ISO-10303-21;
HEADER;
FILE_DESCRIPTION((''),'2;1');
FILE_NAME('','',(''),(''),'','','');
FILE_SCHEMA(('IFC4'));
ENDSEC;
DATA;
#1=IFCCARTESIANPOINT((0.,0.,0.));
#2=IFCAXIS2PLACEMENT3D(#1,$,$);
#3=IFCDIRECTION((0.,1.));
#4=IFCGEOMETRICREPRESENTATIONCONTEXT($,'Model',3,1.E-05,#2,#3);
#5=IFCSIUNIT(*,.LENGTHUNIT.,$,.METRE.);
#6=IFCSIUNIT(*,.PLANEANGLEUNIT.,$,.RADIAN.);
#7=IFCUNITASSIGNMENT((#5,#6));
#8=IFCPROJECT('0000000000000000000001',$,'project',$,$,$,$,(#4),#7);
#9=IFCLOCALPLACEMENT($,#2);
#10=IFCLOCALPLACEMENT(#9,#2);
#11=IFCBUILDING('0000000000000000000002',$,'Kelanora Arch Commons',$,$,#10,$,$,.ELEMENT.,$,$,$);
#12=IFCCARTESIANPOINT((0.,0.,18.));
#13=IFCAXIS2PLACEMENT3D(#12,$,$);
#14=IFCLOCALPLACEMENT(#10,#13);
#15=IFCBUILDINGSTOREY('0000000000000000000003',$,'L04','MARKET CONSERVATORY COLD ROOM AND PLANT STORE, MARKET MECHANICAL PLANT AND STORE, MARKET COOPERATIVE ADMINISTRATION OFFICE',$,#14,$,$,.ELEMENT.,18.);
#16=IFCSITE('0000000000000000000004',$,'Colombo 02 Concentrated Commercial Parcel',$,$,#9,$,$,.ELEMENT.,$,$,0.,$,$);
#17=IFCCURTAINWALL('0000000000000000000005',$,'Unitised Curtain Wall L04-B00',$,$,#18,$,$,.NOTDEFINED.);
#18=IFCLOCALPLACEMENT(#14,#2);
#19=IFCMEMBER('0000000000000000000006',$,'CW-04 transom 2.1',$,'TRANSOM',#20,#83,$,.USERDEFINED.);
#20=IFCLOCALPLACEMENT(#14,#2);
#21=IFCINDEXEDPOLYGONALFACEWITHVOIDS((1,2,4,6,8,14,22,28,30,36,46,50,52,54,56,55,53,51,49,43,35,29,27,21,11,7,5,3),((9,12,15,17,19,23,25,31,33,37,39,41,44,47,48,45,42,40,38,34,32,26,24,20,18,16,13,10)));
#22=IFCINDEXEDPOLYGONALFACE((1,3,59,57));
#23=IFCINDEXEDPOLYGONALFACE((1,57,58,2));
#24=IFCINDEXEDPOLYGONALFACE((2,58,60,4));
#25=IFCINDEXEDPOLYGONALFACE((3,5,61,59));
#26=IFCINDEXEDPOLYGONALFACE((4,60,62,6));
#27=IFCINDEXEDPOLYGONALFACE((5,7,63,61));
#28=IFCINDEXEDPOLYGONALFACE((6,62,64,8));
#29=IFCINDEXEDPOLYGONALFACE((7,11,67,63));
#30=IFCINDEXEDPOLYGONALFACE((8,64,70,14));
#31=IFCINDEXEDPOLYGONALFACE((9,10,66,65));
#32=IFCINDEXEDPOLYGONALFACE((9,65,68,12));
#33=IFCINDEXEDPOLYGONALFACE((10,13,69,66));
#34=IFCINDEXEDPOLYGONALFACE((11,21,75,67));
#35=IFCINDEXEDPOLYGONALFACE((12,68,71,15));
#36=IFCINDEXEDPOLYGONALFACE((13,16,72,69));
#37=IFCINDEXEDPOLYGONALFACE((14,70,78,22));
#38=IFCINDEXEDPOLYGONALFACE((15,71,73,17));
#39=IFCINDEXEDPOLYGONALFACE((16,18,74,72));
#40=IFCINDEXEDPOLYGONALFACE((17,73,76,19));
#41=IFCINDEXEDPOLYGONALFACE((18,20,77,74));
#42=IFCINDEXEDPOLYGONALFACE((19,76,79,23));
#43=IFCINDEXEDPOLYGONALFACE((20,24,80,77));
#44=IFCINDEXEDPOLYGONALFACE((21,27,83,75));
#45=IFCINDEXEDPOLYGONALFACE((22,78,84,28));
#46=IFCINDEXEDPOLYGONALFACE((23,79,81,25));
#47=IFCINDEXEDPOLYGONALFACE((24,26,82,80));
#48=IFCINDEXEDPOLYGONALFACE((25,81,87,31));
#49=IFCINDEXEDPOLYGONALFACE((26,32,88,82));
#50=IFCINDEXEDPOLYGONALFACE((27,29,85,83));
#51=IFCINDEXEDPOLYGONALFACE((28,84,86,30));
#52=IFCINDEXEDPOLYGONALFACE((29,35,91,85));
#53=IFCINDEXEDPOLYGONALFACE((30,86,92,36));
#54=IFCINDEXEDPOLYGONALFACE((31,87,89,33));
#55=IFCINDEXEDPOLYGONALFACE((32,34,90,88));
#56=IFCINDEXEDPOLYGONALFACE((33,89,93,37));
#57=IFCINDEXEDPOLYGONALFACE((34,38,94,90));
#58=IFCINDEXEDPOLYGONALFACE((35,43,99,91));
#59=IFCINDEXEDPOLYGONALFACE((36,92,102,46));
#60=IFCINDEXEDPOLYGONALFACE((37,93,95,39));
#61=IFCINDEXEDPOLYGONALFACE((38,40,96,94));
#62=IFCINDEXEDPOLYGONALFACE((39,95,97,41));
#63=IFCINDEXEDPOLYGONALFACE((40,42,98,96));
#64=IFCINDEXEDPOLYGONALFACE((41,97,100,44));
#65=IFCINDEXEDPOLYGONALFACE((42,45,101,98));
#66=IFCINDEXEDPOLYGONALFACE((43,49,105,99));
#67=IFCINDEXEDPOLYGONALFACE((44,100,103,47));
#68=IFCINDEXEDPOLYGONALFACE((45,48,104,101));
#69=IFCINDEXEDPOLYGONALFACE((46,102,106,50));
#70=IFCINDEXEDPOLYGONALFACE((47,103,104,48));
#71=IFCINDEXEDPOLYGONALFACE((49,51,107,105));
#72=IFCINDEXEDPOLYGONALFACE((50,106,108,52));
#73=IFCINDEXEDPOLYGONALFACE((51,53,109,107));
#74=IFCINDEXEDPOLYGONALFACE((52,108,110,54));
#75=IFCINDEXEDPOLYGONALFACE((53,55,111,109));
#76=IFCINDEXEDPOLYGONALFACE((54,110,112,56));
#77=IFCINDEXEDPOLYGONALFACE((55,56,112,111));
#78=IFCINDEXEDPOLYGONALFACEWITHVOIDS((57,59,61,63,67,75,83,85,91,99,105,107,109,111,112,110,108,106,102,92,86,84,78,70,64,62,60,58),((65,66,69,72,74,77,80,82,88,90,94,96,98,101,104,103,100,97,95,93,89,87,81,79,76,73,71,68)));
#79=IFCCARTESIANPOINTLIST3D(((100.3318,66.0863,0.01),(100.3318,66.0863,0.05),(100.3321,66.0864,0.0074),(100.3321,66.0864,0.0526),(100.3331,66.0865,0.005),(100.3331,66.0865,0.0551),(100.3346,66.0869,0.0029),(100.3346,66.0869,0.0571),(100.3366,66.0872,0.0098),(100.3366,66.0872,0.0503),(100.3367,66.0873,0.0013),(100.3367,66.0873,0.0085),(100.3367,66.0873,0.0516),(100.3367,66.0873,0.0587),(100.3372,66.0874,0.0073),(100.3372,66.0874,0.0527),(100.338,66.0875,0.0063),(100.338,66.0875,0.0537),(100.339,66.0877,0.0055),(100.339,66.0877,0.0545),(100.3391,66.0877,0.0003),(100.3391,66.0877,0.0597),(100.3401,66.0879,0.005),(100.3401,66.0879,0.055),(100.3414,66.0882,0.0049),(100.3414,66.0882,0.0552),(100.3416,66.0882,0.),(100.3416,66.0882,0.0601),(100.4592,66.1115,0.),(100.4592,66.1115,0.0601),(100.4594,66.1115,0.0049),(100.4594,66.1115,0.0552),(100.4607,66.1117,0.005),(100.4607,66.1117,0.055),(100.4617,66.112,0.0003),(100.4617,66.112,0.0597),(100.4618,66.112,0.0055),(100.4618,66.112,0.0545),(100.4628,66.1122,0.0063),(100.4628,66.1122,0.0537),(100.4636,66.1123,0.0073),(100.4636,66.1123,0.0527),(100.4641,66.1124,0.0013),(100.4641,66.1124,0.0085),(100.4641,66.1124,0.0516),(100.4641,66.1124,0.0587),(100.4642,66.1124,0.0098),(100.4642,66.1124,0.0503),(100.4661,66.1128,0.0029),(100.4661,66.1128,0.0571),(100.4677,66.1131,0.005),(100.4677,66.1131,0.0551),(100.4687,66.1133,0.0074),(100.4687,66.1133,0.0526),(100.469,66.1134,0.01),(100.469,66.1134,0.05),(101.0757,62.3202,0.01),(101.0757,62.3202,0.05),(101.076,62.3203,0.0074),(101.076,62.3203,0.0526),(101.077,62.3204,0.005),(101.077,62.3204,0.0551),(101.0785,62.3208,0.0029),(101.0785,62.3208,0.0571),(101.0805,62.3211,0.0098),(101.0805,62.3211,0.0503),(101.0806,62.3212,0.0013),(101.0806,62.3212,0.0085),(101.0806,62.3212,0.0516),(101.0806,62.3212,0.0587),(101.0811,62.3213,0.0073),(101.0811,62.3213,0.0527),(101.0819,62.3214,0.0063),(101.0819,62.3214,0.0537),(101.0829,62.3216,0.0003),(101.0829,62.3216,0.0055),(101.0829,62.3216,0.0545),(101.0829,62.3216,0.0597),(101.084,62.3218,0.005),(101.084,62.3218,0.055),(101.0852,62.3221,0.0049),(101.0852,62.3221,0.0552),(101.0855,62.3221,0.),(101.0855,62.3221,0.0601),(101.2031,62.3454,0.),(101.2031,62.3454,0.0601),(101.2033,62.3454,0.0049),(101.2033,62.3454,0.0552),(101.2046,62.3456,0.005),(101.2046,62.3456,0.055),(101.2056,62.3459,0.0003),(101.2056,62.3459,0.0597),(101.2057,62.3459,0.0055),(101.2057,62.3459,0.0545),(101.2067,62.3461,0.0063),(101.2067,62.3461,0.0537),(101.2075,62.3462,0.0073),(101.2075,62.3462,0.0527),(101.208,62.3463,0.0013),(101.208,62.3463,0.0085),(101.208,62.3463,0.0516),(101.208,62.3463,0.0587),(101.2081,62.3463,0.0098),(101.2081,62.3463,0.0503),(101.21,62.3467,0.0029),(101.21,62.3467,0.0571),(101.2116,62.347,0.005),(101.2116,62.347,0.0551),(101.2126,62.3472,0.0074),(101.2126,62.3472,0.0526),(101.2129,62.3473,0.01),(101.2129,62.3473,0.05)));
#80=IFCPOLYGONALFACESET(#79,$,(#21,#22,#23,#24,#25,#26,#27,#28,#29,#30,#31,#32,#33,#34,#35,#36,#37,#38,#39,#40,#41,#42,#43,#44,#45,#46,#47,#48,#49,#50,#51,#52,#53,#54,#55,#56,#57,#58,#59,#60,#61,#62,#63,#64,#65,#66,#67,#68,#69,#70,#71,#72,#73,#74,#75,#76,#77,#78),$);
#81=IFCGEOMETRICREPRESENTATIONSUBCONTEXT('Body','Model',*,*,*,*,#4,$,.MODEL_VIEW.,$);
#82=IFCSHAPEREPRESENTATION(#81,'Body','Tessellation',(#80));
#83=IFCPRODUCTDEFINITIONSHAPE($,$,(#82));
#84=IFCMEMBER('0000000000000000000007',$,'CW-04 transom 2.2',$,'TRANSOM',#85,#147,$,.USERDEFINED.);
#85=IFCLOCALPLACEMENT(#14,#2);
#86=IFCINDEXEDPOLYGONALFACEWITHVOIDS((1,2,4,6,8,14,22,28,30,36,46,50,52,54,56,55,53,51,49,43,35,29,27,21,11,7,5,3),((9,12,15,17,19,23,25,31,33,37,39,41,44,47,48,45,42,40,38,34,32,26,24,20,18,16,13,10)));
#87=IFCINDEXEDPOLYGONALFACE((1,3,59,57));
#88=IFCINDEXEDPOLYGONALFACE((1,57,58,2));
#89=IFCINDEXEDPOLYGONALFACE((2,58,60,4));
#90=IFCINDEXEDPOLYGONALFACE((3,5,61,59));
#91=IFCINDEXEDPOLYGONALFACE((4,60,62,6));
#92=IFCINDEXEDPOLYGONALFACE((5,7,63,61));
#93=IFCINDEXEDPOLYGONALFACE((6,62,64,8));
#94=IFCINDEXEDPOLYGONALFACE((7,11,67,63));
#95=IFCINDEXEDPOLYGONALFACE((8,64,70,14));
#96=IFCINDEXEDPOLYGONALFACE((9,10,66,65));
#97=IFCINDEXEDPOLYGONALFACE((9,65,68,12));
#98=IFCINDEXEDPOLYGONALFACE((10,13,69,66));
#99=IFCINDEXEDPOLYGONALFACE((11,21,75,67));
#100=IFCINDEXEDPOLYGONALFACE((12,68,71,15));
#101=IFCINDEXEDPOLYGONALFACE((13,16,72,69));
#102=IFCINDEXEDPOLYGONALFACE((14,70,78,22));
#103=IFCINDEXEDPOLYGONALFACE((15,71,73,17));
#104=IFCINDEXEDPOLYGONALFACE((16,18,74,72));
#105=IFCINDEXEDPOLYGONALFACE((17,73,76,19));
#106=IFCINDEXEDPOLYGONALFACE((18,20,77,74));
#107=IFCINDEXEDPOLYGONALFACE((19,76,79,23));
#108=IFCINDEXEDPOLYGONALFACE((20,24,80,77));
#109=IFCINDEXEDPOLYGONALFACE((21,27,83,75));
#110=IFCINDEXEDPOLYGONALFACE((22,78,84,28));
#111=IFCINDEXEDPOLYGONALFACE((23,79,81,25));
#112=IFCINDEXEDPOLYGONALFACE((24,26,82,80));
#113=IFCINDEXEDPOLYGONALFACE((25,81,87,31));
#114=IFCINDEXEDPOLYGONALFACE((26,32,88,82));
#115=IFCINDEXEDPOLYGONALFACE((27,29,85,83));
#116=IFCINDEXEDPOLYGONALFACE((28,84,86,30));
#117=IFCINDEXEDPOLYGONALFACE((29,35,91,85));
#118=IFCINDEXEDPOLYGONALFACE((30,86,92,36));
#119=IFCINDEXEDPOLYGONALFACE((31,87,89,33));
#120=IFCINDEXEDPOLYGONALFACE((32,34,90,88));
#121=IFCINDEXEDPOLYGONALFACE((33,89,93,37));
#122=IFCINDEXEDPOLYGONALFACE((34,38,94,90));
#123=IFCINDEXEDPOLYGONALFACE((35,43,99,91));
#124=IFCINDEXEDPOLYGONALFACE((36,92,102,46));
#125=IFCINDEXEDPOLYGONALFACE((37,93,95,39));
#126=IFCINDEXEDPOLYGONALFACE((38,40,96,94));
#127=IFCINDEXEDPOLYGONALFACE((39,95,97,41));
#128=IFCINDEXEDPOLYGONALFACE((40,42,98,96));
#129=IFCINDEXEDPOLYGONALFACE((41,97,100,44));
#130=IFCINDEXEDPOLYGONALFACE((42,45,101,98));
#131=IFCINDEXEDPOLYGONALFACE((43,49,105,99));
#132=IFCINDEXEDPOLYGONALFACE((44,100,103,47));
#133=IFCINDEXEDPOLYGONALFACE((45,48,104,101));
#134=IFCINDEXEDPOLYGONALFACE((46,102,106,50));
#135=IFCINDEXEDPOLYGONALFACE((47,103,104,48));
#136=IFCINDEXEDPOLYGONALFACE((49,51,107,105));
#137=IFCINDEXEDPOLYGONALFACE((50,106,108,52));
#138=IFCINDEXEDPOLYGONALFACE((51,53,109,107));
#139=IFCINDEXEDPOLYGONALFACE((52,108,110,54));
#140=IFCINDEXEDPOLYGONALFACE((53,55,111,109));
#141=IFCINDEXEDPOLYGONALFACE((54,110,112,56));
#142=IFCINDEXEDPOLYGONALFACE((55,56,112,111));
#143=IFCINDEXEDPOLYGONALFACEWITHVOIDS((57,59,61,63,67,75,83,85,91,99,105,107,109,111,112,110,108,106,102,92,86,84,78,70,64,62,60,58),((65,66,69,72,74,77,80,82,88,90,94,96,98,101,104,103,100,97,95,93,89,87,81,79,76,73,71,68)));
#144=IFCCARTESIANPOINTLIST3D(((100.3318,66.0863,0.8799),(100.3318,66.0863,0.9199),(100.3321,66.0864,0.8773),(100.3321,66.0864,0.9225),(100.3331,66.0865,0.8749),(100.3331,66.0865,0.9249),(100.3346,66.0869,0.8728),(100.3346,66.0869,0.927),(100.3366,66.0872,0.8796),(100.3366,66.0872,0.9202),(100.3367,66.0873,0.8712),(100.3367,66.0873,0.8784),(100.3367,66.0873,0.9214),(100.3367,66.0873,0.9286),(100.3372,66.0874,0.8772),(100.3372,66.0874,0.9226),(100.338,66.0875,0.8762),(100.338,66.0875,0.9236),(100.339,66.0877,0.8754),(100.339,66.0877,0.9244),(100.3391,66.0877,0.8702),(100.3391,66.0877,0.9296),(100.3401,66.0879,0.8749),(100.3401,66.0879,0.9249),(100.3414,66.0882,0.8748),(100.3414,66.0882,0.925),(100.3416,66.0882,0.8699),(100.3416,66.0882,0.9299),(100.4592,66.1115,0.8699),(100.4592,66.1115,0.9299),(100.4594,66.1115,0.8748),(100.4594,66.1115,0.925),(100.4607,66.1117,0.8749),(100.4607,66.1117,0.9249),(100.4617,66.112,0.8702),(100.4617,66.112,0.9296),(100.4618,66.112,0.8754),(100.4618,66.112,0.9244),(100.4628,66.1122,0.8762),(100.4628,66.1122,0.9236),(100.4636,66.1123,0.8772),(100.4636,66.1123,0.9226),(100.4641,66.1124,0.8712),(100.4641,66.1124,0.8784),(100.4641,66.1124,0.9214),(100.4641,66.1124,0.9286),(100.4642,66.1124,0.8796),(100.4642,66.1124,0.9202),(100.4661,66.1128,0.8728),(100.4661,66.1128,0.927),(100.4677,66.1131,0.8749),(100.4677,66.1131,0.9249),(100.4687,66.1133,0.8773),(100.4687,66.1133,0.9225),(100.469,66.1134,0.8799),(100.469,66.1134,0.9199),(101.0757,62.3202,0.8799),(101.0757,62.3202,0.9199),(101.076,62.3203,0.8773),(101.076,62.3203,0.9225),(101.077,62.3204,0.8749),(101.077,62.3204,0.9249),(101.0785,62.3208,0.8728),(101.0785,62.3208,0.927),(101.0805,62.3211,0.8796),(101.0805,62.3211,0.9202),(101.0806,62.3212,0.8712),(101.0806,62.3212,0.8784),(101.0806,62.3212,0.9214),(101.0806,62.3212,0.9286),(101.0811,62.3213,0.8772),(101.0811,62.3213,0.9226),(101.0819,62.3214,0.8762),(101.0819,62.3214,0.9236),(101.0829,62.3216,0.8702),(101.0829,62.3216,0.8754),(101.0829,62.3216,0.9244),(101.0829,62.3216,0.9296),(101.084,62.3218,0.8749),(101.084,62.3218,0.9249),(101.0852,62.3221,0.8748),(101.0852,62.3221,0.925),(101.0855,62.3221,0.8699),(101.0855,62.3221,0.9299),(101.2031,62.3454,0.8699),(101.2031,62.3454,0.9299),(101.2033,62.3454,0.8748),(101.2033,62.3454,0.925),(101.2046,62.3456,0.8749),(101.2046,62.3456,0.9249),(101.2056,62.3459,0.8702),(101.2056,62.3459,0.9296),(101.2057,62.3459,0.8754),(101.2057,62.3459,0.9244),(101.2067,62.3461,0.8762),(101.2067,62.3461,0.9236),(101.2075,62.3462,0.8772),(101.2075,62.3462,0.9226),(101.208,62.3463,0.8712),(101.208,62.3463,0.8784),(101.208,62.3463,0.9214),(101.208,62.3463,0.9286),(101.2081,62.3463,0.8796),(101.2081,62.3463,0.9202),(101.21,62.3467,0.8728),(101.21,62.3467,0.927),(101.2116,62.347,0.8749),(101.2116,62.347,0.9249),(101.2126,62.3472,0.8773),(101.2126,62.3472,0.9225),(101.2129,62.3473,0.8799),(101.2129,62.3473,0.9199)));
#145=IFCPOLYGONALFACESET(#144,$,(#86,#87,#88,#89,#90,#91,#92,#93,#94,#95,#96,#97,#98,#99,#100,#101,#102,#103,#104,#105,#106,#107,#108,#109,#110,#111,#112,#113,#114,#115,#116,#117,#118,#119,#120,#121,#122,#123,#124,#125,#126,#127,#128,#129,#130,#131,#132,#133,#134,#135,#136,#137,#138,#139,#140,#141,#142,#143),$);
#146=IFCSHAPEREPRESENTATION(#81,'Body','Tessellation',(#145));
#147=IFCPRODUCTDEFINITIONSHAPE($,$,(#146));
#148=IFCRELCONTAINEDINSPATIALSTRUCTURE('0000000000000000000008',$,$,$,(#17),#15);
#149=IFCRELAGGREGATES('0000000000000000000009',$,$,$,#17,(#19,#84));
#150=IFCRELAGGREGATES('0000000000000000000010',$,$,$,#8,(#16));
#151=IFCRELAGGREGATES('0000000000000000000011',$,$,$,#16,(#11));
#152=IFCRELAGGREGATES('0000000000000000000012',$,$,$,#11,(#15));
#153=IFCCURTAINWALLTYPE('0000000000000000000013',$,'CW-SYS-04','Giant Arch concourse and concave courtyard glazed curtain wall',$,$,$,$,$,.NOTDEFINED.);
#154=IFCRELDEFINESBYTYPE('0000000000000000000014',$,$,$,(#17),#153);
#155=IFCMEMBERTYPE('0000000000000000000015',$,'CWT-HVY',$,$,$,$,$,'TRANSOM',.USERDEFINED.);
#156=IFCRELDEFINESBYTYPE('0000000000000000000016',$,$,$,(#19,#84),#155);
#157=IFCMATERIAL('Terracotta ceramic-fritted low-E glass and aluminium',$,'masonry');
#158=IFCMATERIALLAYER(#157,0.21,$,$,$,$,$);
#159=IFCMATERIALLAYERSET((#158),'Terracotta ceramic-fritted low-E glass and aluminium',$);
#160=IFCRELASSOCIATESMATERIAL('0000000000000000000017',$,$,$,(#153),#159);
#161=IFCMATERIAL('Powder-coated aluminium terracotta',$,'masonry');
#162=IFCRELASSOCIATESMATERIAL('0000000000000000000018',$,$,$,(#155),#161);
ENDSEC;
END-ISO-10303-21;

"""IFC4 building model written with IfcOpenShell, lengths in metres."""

from ifc_helpers import new_model, si_unit, direction, frame, origin, origin_2d, place, context, subcontext, project, spatial, hollow_rectangle, extrude, material, layer, layer_set, material_profile, profile_set, type_object, element, aggregate, save


model = new_model("IFC4")

# Units and contexts
model_context = context("Model", 3, precision=1e-05, world=origin(), true_north=direction((0.0, 1.0)))
body_context = subcontext(model_context, "Body", "Model", "MODEL_VIEW")
ifc_project = project(units=[si_unit("LENGTHUNIT", "METRE"), si_unit("PLANEANGLEUNIT", "RADIAN")], contexts=[model_context])

# Site, building, storey
site_placement = place(None, origin())
site = spatial("IfcSite", under=ifc_project, at=site_placement, Name="Colombo 02 Concentrated Commercial Parcel", CompositionType="ELEMENT", RefElevation=0.0)
building_placement = place(site_placement, origin())
building = spatial("IfcBuilding", under=site, at=building_placement, Name="Kelanora Arch Commons", CompositionType="ELEMENT")
storey_placement = place(building_placement, frame((0.0, 0.0, 18.0)))
storey = spatial("IfcBuildingStorey", under=building, at=storey_placement, Name="L04", Description="MARKET CONSERVATORY COLD ROOM AND PLANT STORE, MARKET MECHANICAL PLANT AND STORE, MARKET COOPERATIVE ADMINISTRATION OFFICE", CompositionType="ELEMENT", Elevation=18.0)

# Curtain wall, members
ifc_material_1 = material(Name="Terracotta ceramic-fritted low-E glass and aluminium", Category="masonry")
ifc_layer_1 = layer(ifc_material_1, 0.21)
ifc_layer_set_1 = layer_set([ifc_layer_1], Name="Terracotta ceramic-fritted low-E glass and aluminium")
curtain_wall_type = type_object("IfcCurtainWallType", Name="CW-SYS-04", Description="Giant Arch concourse and concave courtyard glazed curtain wall", PredefinedType="NOTDEFINED", material=ifc_layer_set_1)
curtain_wall_placement = place(storey_placement, origin())
curtain_wall = element("IfcCurtainWall", 1, at=curtain_wall_placement, inside=storey, type_object=curtain_wall_type, Name="Unitised Curtain Wall L04-B00", PredefinedType="NOTDEFINED")
ifc_material_2 = material(Name="Powder-coated aluminium terracotta", Category="masonry")
ifc_material_profile_1 = material_profile(ifc_material_2, hollow_rectangle(XDim=0.1399, YDim=0.0601, WallThickness=0.0049, InnerFilletRadius=0.0049, OuterFilletRadius=0.01, at=origin_2d()), Name="CWT140x60")
ifc_profile_set_1 = profile_set([ifc_material_profile_1], Name="Powder-coated aluminium terracotta")
member_type_1 = type_object("IfcMemberType", Name="CWT-HVY", ElementType="TRANSOM", PredefinedType="USERDEFINED", material=ifc_profile_set_1)
member_1_placement = place(storey_placement, frame((101.1443, 62.3337, 0.03), z_axis=(-0.19378, 0.981045, 0.0), x_axis=(-0.981045, -0.19378, 0.0)))
member_1 = element("IfcMember", 2, at=member_1_placement, type_object=member_type_1, Name="CW-04 transom 2.1", ObjectType="TRANSOM", PredefinedType="USERDEFINED", context=body_context, shape_type="SweptSolid", body=[
    extrude(hollow_rectangle(XDim=0.1399, YDim=0.0601, WallThickness=0.0049, InnerFilletRadius=0.0049, OuterFilletRadius=0.01, at=origin_2d()), origin(), (0.0, 0.0, 1.0), 3.8389),
])
member_2_placement = place(storey_placement, frame((101.1443, 62.3337, 0.8999), z_axis=(-0.19378, 0.981045, 0.0), x_axis=(-0.981045, -0.19378, 0.0)))
member_2 = element("IfcMember", 3, at=member_2_placement, type_object=member_type_1, Name="CW-04 transom 2.2", ObjectType="TRANSOM", PredefinedType="USERDEFINED", context=body_context, shape_type="SweptSolid", body=[
    extrude(hollow_rectangle(XDim=0.1399, YDim=0.0601, WallThickness=0.0049, InnerFilletRadius=0.0049, OuterFilletRadius=0.01, at=origin_2d()), origin(), (0.0, 0.0, 1.0), 3.8389),
])
aggregate(curtain_wall, [member_1, member_2])

save(model, "model.ifc")
